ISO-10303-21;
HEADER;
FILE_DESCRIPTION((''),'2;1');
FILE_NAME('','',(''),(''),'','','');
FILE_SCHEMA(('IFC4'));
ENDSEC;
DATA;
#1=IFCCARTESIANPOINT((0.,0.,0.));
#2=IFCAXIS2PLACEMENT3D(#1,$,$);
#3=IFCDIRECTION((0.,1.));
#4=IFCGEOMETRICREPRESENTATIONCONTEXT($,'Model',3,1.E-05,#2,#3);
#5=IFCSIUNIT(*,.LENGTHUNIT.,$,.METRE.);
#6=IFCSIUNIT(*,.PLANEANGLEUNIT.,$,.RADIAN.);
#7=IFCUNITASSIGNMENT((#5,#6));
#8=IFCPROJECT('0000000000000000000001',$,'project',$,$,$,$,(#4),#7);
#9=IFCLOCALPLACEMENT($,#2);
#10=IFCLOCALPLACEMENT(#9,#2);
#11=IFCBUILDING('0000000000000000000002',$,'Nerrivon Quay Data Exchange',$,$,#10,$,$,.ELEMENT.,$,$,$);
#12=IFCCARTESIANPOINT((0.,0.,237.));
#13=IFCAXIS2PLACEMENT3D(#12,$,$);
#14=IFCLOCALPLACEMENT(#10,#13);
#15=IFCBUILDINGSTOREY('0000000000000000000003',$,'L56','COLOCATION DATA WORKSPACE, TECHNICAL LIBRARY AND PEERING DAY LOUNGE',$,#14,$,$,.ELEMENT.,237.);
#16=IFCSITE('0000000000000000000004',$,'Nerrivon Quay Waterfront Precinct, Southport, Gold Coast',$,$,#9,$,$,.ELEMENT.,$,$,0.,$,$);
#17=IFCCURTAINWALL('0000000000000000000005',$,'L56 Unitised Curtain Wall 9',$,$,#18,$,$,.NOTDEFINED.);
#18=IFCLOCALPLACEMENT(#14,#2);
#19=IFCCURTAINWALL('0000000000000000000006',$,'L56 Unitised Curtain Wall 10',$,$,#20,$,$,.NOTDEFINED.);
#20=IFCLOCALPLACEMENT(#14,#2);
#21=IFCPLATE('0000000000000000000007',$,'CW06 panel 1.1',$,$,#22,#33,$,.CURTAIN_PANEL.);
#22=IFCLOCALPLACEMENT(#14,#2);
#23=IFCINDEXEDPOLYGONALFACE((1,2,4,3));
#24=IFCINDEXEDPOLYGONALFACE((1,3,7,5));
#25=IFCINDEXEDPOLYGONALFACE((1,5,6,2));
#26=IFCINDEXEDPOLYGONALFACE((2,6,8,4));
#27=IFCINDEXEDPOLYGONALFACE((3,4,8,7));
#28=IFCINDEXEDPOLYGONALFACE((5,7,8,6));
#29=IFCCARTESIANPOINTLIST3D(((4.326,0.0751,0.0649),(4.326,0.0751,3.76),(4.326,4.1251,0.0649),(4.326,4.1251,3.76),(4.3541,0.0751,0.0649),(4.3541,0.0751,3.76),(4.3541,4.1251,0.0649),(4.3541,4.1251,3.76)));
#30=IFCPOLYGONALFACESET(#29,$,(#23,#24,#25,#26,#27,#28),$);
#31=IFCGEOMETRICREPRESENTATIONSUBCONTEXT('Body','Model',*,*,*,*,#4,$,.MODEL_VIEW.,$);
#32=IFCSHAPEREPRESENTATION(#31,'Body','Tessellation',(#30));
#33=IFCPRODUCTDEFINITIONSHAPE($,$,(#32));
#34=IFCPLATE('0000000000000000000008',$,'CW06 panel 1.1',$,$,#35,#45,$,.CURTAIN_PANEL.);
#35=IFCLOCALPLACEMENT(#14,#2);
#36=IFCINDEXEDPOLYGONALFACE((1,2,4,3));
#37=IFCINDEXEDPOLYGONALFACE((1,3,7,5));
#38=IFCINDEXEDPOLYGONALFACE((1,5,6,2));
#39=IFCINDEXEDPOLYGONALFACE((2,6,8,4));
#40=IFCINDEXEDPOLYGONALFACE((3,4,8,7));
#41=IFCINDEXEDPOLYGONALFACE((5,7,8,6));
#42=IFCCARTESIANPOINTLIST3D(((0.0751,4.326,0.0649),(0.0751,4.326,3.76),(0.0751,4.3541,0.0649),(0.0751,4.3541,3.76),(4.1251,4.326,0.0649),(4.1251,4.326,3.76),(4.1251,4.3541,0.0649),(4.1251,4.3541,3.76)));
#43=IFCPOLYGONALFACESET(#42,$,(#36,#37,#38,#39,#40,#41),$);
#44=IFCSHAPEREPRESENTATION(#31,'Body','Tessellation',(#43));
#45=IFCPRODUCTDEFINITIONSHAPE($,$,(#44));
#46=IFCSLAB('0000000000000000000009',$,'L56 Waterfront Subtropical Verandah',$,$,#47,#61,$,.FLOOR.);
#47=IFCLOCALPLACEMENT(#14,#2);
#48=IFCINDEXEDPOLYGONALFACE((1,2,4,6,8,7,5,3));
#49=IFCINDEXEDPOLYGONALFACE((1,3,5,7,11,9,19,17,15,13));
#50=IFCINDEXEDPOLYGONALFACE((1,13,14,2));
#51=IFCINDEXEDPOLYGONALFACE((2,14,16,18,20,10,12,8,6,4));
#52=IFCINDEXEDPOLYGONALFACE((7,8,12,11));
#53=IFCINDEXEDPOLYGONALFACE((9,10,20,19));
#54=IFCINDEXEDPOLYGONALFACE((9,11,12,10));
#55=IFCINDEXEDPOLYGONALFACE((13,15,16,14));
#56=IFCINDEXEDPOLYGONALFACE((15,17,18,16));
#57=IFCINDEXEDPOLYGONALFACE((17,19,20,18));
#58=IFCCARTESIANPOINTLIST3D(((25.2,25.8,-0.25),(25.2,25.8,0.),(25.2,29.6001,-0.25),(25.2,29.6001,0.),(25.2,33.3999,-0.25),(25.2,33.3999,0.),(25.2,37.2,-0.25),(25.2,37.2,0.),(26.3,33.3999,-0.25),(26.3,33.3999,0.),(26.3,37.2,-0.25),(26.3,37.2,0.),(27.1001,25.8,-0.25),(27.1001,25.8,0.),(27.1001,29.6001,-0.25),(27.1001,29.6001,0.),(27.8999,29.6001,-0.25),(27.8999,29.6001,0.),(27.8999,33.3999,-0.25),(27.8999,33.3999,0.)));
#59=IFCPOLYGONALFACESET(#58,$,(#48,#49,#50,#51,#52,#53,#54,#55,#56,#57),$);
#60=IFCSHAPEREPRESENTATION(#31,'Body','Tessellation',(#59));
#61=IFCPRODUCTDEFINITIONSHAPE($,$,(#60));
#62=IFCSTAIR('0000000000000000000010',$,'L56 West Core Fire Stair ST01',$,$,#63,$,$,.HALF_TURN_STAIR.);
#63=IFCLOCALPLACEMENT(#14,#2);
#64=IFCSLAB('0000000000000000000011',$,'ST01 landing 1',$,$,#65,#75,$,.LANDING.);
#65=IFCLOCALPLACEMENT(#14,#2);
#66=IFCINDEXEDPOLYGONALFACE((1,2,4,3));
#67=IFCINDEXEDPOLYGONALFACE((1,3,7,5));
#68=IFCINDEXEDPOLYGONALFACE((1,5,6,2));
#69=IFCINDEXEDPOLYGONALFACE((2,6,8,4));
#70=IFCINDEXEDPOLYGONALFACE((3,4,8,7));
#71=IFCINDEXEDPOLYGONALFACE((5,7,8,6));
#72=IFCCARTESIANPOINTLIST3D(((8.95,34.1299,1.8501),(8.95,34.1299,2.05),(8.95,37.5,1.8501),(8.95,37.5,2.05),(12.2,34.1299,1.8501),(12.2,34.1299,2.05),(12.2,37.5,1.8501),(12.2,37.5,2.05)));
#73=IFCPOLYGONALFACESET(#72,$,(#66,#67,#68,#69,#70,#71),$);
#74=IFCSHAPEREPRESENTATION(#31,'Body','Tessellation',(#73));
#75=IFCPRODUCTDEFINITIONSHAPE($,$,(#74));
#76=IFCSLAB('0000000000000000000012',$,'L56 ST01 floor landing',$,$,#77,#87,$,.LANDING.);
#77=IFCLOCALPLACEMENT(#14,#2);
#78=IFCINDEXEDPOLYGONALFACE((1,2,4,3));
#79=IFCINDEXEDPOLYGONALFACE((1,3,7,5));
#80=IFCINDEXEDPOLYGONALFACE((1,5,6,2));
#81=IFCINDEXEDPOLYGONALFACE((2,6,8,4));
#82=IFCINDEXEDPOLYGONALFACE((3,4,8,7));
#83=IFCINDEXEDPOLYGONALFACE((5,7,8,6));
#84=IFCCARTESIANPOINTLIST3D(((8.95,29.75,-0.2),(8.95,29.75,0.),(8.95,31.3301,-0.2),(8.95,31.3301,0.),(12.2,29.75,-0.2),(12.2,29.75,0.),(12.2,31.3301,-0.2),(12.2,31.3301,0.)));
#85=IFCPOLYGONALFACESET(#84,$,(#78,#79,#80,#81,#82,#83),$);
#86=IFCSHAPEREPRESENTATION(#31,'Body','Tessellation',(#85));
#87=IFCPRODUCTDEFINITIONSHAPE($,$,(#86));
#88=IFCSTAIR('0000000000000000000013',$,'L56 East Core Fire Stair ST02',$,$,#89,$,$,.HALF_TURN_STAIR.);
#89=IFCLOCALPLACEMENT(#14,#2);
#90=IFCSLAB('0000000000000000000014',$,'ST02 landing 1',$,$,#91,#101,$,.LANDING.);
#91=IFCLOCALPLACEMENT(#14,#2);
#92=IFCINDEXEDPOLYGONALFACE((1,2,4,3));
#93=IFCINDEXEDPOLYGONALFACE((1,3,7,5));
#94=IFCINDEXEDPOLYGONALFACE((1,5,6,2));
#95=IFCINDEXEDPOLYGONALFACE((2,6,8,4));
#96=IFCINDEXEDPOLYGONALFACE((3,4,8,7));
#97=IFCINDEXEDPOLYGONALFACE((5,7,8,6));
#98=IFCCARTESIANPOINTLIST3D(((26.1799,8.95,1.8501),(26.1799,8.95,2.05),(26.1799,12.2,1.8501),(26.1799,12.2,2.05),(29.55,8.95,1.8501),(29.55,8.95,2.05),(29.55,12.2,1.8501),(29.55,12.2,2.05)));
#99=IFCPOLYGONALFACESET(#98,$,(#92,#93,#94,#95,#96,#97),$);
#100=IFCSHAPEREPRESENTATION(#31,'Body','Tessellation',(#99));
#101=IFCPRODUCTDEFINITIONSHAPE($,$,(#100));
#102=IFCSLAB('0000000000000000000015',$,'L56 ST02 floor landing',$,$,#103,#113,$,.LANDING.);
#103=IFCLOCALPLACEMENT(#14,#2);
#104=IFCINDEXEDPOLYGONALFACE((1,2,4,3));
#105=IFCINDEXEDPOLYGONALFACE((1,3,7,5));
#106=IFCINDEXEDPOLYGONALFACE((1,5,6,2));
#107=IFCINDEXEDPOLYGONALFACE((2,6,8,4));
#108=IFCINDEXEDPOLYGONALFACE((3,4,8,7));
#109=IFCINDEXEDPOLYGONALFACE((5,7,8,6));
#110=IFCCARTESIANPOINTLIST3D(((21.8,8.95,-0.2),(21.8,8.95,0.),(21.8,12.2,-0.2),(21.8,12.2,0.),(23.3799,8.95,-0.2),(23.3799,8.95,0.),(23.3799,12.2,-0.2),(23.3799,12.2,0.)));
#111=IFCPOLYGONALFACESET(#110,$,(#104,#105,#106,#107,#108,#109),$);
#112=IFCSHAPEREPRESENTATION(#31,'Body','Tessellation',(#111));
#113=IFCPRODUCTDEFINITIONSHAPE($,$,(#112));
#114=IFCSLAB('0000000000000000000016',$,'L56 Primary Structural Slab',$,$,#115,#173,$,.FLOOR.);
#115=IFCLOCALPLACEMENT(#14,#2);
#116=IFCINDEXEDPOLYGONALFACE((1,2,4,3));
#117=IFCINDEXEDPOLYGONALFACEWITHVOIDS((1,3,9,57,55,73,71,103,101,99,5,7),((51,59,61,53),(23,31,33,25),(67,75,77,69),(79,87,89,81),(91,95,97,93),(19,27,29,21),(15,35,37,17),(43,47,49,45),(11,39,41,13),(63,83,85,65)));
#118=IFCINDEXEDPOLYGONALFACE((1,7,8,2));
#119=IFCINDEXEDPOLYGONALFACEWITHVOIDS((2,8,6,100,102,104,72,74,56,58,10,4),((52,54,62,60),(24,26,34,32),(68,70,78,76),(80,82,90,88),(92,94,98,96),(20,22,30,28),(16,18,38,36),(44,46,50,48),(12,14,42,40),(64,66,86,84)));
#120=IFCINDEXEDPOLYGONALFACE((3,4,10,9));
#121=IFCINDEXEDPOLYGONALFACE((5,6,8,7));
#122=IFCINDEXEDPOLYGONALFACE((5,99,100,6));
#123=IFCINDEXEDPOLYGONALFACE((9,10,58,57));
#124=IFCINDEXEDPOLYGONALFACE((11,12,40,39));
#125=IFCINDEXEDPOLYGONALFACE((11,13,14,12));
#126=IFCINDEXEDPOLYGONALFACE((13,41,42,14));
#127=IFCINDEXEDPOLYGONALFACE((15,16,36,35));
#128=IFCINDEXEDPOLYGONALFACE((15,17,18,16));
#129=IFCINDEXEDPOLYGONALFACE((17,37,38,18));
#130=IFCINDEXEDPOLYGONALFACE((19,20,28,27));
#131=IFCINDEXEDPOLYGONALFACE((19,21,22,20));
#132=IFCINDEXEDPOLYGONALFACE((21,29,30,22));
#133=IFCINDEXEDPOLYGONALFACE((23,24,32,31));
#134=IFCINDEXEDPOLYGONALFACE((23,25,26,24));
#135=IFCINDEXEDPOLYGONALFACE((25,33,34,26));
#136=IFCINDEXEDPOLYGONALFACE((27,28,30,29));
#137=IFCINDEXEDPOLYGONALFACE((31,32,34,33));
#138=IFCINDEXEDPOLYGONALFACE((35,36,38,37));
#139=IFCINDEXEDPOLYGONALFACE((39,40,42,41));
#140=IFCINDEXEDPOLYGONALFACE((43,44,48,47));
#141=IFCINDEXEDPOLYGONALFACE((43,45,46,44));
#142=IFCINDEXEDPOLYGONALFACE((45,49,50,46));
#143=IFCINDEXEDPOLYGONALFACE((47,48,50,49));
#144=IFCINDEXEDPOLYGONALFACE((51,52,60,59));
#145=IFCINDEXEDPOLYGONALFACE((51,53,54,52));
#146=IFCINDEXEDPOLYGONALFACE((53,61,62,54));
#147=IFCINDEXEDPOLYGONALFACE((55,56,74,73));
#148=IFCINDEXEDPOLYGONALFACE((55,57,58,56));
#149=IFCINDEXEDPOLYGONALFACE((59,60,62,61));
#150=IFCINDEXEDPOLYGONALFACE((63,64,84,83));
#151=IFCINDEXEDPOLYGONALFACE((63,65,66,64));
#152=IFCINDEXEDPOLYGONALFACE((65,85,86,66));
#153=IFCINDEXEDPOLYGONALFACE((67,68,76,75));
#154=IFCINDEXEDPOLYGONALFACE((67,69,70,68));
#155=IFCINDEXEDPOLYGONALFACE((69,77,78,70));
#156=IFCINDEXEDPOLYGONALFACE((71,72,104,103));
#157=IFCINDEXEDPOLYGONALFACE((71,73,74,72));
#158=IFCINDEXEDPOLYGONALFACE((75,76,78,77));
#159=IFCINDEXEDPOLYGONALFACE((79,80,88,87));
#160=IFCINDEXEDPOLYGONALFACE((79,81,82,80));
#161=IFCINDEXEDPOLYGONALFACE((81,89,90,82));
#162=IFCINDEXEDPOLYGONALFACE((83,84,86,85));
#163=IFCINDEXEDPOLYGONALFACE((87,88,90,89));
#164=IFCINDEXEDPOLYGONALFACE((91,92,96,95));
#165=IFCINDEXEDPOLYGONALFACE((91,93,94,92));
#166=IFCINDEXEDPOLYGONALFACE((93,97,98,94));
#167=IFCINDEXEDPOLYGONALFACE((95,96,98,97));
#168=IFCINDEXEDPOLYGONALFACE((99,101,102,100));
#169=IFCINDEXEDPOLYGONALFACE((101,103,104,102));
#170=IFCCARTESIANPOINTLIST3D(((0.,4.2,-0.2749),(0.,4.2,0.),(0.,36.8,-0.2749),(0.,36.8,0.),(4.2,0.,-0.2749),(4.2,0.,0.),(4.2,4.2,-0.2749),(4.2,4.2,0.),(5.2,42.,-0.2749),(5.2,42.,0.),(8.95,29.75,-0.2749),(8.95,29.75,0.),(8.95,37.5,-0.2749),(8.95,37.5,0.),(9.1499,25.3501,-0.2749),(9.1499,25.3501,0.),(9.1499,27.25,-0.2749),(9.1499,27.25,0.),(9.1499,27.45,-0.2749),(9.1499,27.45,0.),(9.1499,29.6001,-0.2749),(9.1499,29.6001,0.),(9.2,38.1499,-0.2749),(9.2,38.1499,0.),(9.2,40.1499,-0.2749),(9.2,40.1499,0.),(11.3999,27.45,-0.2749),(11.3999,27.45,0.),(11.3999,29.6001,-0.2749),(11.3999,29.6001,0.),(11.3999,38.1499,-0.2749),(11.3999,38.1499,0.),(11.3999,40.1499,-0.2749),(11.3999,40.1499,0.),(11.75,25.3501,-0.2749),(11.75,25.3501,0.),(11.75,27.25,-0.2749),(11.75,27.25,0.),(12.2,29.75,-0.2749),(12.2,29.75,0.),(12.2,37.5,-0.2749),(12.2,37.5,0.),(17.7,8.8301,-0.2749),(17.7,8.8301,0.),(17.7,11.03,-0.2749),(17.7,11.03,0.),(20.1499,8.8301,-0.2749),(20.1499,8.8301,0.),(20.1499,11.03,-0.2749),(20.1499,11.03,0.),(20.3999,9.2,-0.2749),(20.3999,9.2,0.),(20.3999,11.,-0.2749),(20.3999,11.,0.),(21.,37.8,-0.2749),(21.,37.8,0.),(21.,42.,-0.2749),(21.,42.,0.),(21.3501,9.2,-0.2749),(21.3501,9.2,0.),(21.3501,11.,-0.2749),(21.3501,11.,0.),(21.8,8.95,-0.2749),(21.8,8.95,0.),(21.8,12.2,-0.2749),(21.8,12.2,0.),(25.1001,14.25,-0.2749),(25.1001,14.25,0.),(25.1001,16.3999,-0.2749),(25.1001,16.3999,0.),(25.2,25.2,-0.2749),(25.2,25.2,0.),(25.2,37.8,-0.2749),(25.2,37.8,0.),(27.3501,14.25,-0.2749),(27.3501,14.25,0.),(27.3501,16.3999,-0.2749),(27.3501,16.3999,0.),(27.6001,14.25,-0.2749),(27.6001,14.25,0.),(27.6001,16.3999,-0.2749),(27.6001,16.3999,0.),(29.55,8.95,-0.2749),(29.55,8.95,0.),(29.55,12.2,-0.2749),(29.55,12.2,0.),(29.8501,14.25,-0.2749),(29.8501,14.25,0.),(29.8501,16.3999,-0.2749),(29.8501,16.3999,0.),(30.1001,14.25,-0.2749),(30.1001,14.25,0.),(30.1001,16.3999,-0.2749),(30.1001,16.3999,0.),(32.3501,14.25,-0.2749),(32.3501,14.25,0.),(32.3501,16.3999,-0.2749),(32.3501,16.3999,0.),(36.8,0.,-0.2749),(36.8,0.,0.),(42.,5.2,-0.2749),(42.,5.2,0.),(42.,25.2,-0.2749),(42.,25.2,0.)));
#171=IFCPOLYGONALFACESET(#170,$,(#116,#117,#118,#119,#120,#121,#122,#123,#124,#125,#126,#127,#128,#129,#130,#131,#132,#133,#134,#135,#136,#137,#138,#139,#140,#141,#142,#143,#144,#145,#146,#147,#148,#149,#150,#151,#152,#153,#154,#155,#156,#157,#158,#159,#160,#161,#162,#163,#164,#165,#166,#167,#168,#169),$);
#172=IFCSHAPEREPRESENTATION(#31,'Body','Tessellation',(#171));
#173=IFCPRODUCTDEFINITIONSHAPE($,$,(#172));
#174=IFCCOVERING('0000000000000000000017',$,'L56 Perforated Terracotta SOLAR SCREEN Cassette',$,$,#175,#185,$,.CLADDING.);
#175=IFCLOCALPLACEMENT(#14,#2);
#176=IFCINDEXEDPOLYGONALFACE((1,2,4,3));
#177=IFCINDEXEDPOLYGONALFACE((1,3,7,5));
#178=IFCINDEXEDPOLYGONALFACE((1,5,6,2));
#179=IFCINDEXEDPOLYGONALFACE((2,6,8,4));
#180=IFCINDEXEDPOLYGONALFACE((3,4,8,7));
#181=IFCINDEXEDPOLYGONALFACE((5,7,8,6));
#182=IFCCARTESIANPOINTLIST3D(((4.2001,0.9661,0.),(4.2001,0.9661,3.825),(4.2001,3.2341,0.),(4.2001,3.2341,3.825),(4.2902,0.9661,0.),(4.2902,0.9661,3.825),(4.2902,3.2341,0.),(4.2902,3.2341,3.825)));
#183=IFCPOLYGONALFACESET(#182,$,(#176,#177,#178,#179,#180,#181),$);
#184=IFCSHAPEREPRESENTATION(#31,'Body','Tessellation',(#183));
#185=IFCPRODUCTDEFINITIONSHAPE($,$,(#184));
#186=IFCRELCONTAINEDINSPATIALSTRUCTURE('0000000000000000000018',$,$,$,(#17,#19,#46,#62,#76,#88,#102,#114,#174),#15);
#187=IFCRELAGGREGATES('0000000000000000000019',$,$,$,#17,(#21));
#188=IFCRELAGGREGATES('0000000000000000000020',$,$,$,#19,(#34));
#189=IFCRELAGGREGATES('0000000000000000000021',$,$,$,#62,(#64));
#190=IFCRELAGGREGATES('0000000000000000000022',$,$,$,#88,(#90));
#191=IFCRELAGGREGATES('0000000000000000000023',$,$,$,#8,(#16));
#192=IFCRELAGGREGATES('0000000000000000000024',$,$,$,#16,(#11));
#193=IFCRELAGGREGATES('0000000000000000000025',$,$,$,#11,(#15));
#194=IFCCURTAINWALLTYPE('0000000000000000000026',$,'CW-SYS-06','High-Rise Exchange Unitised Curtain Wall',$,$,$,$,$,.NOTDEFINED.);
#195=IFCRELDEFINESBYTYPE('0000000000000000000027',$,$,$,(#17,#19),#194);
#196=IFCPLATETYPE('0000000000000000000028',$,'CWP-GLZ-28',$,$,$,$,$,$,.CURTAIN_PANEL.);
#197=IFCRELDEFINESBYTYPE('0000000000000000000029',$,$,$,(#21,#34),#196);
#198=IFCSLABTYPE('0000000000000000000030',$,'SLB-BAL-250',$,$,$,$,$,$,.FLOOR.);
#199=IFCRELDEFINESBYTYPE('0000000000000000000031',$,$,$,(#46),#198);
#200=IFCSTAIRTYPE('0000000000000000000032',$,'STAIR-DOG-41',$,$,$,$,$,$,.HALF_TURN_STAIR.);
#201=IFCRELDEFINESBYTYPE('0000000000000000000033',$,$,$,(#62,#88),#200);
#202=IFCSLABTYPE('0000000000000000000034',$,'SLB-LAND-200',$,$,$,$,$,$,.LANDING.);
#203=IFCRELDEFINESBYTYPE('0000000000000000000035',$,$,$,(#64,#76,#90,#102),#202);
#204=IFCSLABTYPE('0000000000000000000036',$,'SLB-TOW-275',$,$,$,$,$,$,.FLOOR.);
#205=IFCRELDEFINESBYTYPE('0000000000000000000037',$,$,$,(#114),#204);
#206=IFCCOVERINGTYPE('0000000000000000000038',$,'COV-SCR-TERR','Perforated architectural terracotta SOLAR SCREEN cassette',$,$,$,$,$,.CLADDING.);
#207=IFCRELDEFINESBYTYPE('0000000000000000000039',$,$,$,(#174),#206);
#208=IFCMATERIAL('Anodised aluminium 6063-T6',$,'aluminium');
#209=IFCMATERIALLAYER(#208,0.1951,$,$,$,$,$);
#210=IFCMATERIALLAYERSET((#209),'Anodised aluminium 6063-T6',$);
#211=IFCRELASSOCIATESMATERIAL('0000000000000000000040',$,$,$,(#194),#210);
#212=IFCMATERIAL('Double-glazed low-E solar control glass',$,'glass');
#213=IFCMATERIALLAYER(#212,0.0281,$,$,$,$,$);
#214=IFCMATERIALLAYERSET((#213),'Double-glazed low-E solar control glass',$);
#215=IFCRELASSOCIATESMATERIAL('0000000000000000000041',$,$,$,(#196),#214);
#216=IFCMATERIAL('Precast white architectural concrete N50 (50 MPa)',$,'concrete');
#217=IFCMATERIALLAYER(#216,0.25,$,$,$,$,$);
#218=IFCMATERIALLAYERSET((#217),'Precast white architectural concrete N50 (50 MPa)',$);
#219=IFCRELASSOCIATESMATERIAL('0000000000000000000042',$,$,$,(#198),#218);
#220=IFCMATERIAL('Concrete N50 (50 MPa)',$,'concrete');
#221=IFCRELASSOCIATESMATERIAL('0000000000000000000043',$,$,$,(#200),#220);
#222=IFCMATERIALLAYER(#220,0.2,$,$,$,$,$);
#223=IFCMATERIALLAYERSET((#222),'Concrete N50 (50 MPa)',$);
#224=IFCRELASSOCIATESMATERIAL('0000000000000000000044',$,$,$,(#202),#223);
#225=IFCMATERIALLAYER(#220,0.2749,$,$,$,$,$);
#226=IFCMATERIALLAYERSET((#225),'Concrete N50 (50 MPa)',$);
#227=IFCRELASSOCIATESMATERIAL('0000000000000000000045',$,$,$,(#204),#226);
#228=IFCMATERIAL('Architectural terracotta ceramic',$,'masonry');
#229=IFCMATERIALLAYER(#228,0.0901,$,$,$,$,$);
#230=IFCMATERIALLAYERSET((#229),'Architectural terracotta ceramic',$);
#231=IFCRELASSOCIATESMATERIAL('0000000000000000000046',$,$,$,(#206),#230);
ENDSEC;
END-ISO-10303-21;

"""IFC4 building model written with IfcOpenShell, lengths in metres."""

from ifc_helpers import new_model, si_unit, direction, frame, origin, origin_2d, place, context, subcontext, project, spatial, polyline, rectangle, outline, extrude, material, layer, layer_set, type_object, element, aggregate, save


model = new_model("IFC4")

# Units and contexts
model_context = context("Model", 3, precision=1e-05, world=origin(), true_north=direction((0.0, 1.0)))
body_context = subcontext(model_context, "Body", "Model", "MODEL_VIEW")
ifc_project = project(units=[si_unit("LENGTHUNIT", "METRE"), si_unit("PLANEANGLEUNIT", "RADIAN")], contexts=[model_context])

# Site, building, storey
site_placement = place(None, origin())
site = spatial("IfcSite", under=ifc_project, at=site_placement, Name="Nerrivon Quay Waterfront Precinct, Southport, Gold Coast", CompositionType="ELEMENT", RefElevation=0.0)
building_placement = place(site_placement, origin())
building = spatial("IfcBuilding", under=site, at=building_placement, Name="Nerrivon Quay Data Exchange", CompositionType="ELEMENT")
storey_placement = place(building_placement, frame((0.0, 0.0, 237.0)))
storey = spatial("IfcBuildingStorey", under=building, at=storey_placement, Name="L56", Description="COLOCATION DATA WORKSPACE, TECHNICAL LIBRARY AND PEERING DAY LOUNGE", CompositionType="ELEMENT", Elevation=237.0)

# Curtain wall
ifc_material_1 = material(Name="Anodised aluminium 6063-T6", Category="aluminium")
ifc_layer_1 = layer(ifc_material_1, 0.1951)
ifc_layer_set_1 = layer_set([ifc_layer_1], Name="Anodised aluminium 6063-T6")
curtain_wall_type = type_object("IfcCurtainWallType", Name="CW-SYS-06", Description="High-Rise Exchange Unitised Curtain Wall", PredefinedType="NOTDEFINED", material=ifc_layer_set_1)
curtain_wall_1_placement = place(storey_placement, origin())
curtain_wall_1 = element("IfcCurtainWall", 1, at=curtain_wall_1_placement, inside=storey, type_object=curtain_wall_type, Name="L56 Unitised Curtain Wall 9", PredefinedType="NOTDEFINED")

# Curtain wall
curtain_wall_2_placement = place(storey_placement, origin())
curtain_wall_2 = element("IfcCurtainWall", 2, at=curtain_wall_2_placement, inside=storey, type_object=curtain_wall_type, Name="L56 Unitised Curtain Wall 10", PredefinedType="NOTDEFINED")

# Plates
ifc_material_2 = material(Name="Double-glazed low-E solar control glass", Category="glass")
ifc_layer_2 = layer(ifc_material_2, 0.0281)
ifc_layer_set_2 = layer_set([ifc_layer_2], Name="Double-glazed low-E solar control glass")
plate_type = type_object("IfcPlateType", Name="CWP-GLZ-28", PredefinedType="CURTAIN_PANEL", material=ifc_layer_set_2)
plate_1_placement = place(storey_placement, frame((4.3401, 2.1001, 0.0649), z_axis=(0.0, 0.0, 1.0), x_axis=(0.0, 1.0, 0.0)))
plate_1 = element("IfcPlate", 3, at=plate_1_placement, type_object=plate_type, Name="CW06 panel 1.1", PredefinedType="CURTAIN_PANEL", context=body_context, shape_type="SweptSolid", body=[
    extrude(rectangle(XDim=4.05, YDim=0.0281, at=origin_2d()), origin(), (0.0, 0.0, 1.0), 3.6951),
])
aggregate(curtain_wall_1, [plate_1])
plate_2_placement = place(storey_placement, frame((2.1001, 4.3401, 0.0649), z_axis=(0.0, 0.0, 1.0), x_axis=(-1.0, 0.0, 0.0)))
plate_2 = element("IfcPlate", 4, at=plate_2_placement, type_object=plate_type, Name="CW06 panel 1.1", PredefinedType="CURTAIN_PANEL", context=body_context, shape_type="SweptSolid", body=[
    extrude(rectangle(XDim=4.05, YDim=0.0281, at=origin_2d()), origin(), (0.0, 0.0, 1.0), 3.6951),
])
aggregate(curtain_wall_2, [plate_2])

# Slab
ifc_material_3 = material(Name="Precast white architectural concrete N50 (50 MPa)", Category="concrete")
ifc_layer_3 = layer(ifc_material_3, 0.25)
ifc_layer_set_3 = layer_set([ifc_layer_3], Name="Precast white architectural concrete N50 (50 MPa)")
slab_type_1 = type_object("IfcSlabType", Name="SLB-BAL-250", PredefinedType="FLOOR", material=ifc_layer_set_3)
slab_1_placement = place(storey_placement, frame((0.0, 0.0, -0.25)))
element("IfcSlab", 5, at=slab_1_placement, inside=storey, type_object=slab_type_1, Name="L56 Waterfront Subtropical Verandah", PredefinedType="FLOOR", context=body_context, shape_type="SweptSolid", body=[
    extrude(outline(polyline([(27.1001, 29.6001), (27.8999, 29.6001), (27.8999, 33.3999), (26.3, 33.3999), (26.3, 37.2), (25.2, 37.2), (25.2, 33.3999), (25.2, 29.6001), (25.2, 25.8), (27.1001, 25.8), (27.1001, 29.6001)])), origin(), (0.0, 0.0, 1.0), 0.25),
])

# Stair, slab
ifc_material_4 = material(Name="Concrete N50 (50 MPa)", Category="concrete")
stair_type = type_object("IfcStairType", Name="STAIR-DOG-41", PredefinedType="HALF_TURN_STAIR", material=ifc_material_4)
stair_1_placement = place(storey_placement, origin())
stair_1 = element("IfcStair", 6, at=stair_1_placement, inside=storey, type_object=stair_type, Name="L56 West Core Fire Stair ST01", PredefinedType="HALF_TURN_STAIR")
ifc_layer_4 = layer(ifc_material_4, 0.2)
ifc_layer_set_4 = layer_set([ifc_layer_4], Name="Concrete N50 (50 MPa)")
slab_type_2 = type_object("IfcSlabType", Name="SLB-LAND-200", PredefinedType="LANDING", material=ifc_layer_set_4)
slab_2_placement = place(storey_placement, frame((0.0, 0.0, 1.8501)))
slab_2 = element("IfcSlab", 7, at=slab_2_placement, type_object=slab_type_2, Name="ST01 landing 1", PredefinedType="LANDING", context=body_context, shape_type="SweptSolid", body=[
    extrude(outline(polyline([(12.2, 34.1299), (12.2, 37.5), (8.95, 37.5), (8.95, 34.1299), (12.2, 34.1299)])), origin(), (0.0, 0.0, 1.0), 0.2),
])
aggregate(stair_1, [slab_2])

# Slab
slab_3_placement = place(storey_placement, frame((0.0, 0.0, -0.2)))
element("IfcSlab", 8, at=slab_3_placement, inside=storey, type_object=slab_type_2, Name="L56 ST01 floor landing", PredefinedType="LANDING", context=body_context, shape_type="SweptSolid", body=[
    extrude(outline(polyline([(12.2, 29.75), (12.2, 31.3301), (8.95, 31.3301), (8.95, 29.75), (12.2, 29.75)])), origin(), (0.0, 0.0, 1.0), 0.2),
])

# Stair, slab
stair_2_placement = place(storey_placement, origin())
stair_2 = element("IfcStair", 9, at=stair_2_placement, inside=storey, type_object=stair_type, Name="L56 East Core Fire Stair ST02", PredefinedType="HALF_TURN_STAIR")
slab_4_placement = place(storey_placement, frame((0.0, 0.0, 1.8501)))
slab_4 = element("IfcSlab", 10, at=slab_4_placement, type_object=slab_type_2, Name="ST02 landing 1", PredefinedType="LANDING", context=body_context, shape_type="SweptSolid", body=[
    extrude(outline(polyline([(26.1799, 8.95), (29.55, 8.95), (29.55, 12.2), (26.1799, 12.2), (26.1799, 8.95)])), origin(), (0.0, 0.0, 1.0), 0.2),
])
aggregate(stair_2, [slab_4])

# Slabs
slab_5_placement = place(storey_placement, frame((0.0, 0.0, -0.2)))
element("IfcSlab", 11, at=slab_5_placement, inside=storey, type_object=slab_type_2, Name="L56 ST02 floor landing", PredefinedType="LANDING", context=body_context, shape_type="SweptSolid", body=[
    extrude(outline(polyline([(21.8, 8.95), (23.3799, 8.95), (23.3799, 12.2), (21.8, 12.2), (21.8, 8.95)])), origin(), (0.0, 0.0, 1.0), 0.2),
])
ifc_layer_5 = layer(ifc_material_4, 0.2749)
ifc_layer_set_5 = layer_set([ifc_layer_5], Name="Concrete N50 (50 MPa)")
slab_type_3 = type_object("IfcSlabType", Name="SLB-TOW-275", PredefinedType="FLOOR", material=ifc_layer_set_5)
slab_6_placement = place(storey_placement, frame((0.0, 0.0, -0.2749)))
element("IfcSlab", 12, at=slab_6_placement, inside=storey, type_object=slab_type_3, Name="L56 Primary Structural Slab", PredefinedType="FLOOR", context=body_context, shape_type="SweptSolid", body=[
    extrude(outline(polyline([(42.0, 25.2), (25.2, 25.2), (25.2, 37.8), (21.0, 37.8), (21.0, 42.0), (5.2, 42.0), (0.0, 36.8), (0.0, 4.2), (4.2, 4.2), (4.2, 0.0), (36.8, 0.0), (42.0, 5.2), (42.0, 25.2)]), holes=[polyline([(8.95, 29.75), (8.95, 37.5), (12.2, 37.5), (12.2, 29.75), (8.95, 29.75)]), polyline([(21.8, 12.2), (29.55, 12.2), (29.55, 8.95), (21.8, 8.95), (21.8, 12.2)]), polyline([(30.1001, 14.25), (30.1001, 16.3999), (32.3501, 16.3999), (32.3501, 14.25), (30.1001, 14.25)]), polyline([(27.6001, 14.25), (27.6001, 16.3999), (29.8501, 16.3999), (29.8501, 14.25), (27.6001, 14.25)]), polyline([(25.1001, 14.25), (25.1001, 16.3999), (27.3501, 16.3999), (27.3501, 14.25), (25.1001, 14.25)]), polyline([(20.3999, 9.2), (20.3999, 11.0), (21.3501, 11.0), (21.3501, 9.2), (20.3999, 9.2)]), polyline([(17.7, 8.8301), (17.7, 11.03), (20.1499, 11.03), (20.1499, 8.8301), (17.7, 8.8301)]), polyline([(9.1499, 25.3501), (9.1499, 27.25), (11.75, 27.25), (11.75, 25.3501), (9.1499, 25.3501)]), polyline([(9.1499, 27.45), (9.1499, 29.6001), (11.3999, 29.6001), (11.3999, 27.45), (9.1499, 27.45)]), polyline([(9.2, 38.1499), (9.2, 40.1499), (11.3999, 40.1499), (11.3999, 38.1499), (9.2, 38.1499)])]), origin(), (0.0, 0.0, 1.0), 0.2749),
])

# Covering
ifc_material_5 = material(Name="Architectural terracotta ceramic", Category="masonry")
ifc_layer_6 = layer(ifc_material_5, 0.0901)
ifc_layer_set_6 = layer_set([ifc_layer_6], Name="Architectural terracotta ceramic")
covering_type = type_object("IfcCoveringType", Name="COV-SCR-TERR", Description="Perforated architectural terracotta SOLAR SCREEN cassette", PredefinedType="CLADDING", material=ifc_layer_set_6)
for number, where, z_axis, x_axis, name in (
    (13, (4.2451, 2.1001, 0.0), (0.0, 0.0, 1.0), (0.0, 1.0, 0.0), "L56 Perforated Terracotta SOLAR SCREEN Cassette"),
):
    element("IfcCovering", number, at=place(storey_placement, frame(where, z_axis=z_axis, x_axis=x_axis)), inside=storey, type_object=covering_type, Name=name, PredefinedType="CLADDING", context=body_context, shape_type="SweptSolid", body=[
        extrude(rectangle(XDim=2.2681, YDim=0.0901, at=origin_2d()), origin(), (0.0, 0.0, 1.0), 3.825),
    ])

save(model, "model.ifc")
